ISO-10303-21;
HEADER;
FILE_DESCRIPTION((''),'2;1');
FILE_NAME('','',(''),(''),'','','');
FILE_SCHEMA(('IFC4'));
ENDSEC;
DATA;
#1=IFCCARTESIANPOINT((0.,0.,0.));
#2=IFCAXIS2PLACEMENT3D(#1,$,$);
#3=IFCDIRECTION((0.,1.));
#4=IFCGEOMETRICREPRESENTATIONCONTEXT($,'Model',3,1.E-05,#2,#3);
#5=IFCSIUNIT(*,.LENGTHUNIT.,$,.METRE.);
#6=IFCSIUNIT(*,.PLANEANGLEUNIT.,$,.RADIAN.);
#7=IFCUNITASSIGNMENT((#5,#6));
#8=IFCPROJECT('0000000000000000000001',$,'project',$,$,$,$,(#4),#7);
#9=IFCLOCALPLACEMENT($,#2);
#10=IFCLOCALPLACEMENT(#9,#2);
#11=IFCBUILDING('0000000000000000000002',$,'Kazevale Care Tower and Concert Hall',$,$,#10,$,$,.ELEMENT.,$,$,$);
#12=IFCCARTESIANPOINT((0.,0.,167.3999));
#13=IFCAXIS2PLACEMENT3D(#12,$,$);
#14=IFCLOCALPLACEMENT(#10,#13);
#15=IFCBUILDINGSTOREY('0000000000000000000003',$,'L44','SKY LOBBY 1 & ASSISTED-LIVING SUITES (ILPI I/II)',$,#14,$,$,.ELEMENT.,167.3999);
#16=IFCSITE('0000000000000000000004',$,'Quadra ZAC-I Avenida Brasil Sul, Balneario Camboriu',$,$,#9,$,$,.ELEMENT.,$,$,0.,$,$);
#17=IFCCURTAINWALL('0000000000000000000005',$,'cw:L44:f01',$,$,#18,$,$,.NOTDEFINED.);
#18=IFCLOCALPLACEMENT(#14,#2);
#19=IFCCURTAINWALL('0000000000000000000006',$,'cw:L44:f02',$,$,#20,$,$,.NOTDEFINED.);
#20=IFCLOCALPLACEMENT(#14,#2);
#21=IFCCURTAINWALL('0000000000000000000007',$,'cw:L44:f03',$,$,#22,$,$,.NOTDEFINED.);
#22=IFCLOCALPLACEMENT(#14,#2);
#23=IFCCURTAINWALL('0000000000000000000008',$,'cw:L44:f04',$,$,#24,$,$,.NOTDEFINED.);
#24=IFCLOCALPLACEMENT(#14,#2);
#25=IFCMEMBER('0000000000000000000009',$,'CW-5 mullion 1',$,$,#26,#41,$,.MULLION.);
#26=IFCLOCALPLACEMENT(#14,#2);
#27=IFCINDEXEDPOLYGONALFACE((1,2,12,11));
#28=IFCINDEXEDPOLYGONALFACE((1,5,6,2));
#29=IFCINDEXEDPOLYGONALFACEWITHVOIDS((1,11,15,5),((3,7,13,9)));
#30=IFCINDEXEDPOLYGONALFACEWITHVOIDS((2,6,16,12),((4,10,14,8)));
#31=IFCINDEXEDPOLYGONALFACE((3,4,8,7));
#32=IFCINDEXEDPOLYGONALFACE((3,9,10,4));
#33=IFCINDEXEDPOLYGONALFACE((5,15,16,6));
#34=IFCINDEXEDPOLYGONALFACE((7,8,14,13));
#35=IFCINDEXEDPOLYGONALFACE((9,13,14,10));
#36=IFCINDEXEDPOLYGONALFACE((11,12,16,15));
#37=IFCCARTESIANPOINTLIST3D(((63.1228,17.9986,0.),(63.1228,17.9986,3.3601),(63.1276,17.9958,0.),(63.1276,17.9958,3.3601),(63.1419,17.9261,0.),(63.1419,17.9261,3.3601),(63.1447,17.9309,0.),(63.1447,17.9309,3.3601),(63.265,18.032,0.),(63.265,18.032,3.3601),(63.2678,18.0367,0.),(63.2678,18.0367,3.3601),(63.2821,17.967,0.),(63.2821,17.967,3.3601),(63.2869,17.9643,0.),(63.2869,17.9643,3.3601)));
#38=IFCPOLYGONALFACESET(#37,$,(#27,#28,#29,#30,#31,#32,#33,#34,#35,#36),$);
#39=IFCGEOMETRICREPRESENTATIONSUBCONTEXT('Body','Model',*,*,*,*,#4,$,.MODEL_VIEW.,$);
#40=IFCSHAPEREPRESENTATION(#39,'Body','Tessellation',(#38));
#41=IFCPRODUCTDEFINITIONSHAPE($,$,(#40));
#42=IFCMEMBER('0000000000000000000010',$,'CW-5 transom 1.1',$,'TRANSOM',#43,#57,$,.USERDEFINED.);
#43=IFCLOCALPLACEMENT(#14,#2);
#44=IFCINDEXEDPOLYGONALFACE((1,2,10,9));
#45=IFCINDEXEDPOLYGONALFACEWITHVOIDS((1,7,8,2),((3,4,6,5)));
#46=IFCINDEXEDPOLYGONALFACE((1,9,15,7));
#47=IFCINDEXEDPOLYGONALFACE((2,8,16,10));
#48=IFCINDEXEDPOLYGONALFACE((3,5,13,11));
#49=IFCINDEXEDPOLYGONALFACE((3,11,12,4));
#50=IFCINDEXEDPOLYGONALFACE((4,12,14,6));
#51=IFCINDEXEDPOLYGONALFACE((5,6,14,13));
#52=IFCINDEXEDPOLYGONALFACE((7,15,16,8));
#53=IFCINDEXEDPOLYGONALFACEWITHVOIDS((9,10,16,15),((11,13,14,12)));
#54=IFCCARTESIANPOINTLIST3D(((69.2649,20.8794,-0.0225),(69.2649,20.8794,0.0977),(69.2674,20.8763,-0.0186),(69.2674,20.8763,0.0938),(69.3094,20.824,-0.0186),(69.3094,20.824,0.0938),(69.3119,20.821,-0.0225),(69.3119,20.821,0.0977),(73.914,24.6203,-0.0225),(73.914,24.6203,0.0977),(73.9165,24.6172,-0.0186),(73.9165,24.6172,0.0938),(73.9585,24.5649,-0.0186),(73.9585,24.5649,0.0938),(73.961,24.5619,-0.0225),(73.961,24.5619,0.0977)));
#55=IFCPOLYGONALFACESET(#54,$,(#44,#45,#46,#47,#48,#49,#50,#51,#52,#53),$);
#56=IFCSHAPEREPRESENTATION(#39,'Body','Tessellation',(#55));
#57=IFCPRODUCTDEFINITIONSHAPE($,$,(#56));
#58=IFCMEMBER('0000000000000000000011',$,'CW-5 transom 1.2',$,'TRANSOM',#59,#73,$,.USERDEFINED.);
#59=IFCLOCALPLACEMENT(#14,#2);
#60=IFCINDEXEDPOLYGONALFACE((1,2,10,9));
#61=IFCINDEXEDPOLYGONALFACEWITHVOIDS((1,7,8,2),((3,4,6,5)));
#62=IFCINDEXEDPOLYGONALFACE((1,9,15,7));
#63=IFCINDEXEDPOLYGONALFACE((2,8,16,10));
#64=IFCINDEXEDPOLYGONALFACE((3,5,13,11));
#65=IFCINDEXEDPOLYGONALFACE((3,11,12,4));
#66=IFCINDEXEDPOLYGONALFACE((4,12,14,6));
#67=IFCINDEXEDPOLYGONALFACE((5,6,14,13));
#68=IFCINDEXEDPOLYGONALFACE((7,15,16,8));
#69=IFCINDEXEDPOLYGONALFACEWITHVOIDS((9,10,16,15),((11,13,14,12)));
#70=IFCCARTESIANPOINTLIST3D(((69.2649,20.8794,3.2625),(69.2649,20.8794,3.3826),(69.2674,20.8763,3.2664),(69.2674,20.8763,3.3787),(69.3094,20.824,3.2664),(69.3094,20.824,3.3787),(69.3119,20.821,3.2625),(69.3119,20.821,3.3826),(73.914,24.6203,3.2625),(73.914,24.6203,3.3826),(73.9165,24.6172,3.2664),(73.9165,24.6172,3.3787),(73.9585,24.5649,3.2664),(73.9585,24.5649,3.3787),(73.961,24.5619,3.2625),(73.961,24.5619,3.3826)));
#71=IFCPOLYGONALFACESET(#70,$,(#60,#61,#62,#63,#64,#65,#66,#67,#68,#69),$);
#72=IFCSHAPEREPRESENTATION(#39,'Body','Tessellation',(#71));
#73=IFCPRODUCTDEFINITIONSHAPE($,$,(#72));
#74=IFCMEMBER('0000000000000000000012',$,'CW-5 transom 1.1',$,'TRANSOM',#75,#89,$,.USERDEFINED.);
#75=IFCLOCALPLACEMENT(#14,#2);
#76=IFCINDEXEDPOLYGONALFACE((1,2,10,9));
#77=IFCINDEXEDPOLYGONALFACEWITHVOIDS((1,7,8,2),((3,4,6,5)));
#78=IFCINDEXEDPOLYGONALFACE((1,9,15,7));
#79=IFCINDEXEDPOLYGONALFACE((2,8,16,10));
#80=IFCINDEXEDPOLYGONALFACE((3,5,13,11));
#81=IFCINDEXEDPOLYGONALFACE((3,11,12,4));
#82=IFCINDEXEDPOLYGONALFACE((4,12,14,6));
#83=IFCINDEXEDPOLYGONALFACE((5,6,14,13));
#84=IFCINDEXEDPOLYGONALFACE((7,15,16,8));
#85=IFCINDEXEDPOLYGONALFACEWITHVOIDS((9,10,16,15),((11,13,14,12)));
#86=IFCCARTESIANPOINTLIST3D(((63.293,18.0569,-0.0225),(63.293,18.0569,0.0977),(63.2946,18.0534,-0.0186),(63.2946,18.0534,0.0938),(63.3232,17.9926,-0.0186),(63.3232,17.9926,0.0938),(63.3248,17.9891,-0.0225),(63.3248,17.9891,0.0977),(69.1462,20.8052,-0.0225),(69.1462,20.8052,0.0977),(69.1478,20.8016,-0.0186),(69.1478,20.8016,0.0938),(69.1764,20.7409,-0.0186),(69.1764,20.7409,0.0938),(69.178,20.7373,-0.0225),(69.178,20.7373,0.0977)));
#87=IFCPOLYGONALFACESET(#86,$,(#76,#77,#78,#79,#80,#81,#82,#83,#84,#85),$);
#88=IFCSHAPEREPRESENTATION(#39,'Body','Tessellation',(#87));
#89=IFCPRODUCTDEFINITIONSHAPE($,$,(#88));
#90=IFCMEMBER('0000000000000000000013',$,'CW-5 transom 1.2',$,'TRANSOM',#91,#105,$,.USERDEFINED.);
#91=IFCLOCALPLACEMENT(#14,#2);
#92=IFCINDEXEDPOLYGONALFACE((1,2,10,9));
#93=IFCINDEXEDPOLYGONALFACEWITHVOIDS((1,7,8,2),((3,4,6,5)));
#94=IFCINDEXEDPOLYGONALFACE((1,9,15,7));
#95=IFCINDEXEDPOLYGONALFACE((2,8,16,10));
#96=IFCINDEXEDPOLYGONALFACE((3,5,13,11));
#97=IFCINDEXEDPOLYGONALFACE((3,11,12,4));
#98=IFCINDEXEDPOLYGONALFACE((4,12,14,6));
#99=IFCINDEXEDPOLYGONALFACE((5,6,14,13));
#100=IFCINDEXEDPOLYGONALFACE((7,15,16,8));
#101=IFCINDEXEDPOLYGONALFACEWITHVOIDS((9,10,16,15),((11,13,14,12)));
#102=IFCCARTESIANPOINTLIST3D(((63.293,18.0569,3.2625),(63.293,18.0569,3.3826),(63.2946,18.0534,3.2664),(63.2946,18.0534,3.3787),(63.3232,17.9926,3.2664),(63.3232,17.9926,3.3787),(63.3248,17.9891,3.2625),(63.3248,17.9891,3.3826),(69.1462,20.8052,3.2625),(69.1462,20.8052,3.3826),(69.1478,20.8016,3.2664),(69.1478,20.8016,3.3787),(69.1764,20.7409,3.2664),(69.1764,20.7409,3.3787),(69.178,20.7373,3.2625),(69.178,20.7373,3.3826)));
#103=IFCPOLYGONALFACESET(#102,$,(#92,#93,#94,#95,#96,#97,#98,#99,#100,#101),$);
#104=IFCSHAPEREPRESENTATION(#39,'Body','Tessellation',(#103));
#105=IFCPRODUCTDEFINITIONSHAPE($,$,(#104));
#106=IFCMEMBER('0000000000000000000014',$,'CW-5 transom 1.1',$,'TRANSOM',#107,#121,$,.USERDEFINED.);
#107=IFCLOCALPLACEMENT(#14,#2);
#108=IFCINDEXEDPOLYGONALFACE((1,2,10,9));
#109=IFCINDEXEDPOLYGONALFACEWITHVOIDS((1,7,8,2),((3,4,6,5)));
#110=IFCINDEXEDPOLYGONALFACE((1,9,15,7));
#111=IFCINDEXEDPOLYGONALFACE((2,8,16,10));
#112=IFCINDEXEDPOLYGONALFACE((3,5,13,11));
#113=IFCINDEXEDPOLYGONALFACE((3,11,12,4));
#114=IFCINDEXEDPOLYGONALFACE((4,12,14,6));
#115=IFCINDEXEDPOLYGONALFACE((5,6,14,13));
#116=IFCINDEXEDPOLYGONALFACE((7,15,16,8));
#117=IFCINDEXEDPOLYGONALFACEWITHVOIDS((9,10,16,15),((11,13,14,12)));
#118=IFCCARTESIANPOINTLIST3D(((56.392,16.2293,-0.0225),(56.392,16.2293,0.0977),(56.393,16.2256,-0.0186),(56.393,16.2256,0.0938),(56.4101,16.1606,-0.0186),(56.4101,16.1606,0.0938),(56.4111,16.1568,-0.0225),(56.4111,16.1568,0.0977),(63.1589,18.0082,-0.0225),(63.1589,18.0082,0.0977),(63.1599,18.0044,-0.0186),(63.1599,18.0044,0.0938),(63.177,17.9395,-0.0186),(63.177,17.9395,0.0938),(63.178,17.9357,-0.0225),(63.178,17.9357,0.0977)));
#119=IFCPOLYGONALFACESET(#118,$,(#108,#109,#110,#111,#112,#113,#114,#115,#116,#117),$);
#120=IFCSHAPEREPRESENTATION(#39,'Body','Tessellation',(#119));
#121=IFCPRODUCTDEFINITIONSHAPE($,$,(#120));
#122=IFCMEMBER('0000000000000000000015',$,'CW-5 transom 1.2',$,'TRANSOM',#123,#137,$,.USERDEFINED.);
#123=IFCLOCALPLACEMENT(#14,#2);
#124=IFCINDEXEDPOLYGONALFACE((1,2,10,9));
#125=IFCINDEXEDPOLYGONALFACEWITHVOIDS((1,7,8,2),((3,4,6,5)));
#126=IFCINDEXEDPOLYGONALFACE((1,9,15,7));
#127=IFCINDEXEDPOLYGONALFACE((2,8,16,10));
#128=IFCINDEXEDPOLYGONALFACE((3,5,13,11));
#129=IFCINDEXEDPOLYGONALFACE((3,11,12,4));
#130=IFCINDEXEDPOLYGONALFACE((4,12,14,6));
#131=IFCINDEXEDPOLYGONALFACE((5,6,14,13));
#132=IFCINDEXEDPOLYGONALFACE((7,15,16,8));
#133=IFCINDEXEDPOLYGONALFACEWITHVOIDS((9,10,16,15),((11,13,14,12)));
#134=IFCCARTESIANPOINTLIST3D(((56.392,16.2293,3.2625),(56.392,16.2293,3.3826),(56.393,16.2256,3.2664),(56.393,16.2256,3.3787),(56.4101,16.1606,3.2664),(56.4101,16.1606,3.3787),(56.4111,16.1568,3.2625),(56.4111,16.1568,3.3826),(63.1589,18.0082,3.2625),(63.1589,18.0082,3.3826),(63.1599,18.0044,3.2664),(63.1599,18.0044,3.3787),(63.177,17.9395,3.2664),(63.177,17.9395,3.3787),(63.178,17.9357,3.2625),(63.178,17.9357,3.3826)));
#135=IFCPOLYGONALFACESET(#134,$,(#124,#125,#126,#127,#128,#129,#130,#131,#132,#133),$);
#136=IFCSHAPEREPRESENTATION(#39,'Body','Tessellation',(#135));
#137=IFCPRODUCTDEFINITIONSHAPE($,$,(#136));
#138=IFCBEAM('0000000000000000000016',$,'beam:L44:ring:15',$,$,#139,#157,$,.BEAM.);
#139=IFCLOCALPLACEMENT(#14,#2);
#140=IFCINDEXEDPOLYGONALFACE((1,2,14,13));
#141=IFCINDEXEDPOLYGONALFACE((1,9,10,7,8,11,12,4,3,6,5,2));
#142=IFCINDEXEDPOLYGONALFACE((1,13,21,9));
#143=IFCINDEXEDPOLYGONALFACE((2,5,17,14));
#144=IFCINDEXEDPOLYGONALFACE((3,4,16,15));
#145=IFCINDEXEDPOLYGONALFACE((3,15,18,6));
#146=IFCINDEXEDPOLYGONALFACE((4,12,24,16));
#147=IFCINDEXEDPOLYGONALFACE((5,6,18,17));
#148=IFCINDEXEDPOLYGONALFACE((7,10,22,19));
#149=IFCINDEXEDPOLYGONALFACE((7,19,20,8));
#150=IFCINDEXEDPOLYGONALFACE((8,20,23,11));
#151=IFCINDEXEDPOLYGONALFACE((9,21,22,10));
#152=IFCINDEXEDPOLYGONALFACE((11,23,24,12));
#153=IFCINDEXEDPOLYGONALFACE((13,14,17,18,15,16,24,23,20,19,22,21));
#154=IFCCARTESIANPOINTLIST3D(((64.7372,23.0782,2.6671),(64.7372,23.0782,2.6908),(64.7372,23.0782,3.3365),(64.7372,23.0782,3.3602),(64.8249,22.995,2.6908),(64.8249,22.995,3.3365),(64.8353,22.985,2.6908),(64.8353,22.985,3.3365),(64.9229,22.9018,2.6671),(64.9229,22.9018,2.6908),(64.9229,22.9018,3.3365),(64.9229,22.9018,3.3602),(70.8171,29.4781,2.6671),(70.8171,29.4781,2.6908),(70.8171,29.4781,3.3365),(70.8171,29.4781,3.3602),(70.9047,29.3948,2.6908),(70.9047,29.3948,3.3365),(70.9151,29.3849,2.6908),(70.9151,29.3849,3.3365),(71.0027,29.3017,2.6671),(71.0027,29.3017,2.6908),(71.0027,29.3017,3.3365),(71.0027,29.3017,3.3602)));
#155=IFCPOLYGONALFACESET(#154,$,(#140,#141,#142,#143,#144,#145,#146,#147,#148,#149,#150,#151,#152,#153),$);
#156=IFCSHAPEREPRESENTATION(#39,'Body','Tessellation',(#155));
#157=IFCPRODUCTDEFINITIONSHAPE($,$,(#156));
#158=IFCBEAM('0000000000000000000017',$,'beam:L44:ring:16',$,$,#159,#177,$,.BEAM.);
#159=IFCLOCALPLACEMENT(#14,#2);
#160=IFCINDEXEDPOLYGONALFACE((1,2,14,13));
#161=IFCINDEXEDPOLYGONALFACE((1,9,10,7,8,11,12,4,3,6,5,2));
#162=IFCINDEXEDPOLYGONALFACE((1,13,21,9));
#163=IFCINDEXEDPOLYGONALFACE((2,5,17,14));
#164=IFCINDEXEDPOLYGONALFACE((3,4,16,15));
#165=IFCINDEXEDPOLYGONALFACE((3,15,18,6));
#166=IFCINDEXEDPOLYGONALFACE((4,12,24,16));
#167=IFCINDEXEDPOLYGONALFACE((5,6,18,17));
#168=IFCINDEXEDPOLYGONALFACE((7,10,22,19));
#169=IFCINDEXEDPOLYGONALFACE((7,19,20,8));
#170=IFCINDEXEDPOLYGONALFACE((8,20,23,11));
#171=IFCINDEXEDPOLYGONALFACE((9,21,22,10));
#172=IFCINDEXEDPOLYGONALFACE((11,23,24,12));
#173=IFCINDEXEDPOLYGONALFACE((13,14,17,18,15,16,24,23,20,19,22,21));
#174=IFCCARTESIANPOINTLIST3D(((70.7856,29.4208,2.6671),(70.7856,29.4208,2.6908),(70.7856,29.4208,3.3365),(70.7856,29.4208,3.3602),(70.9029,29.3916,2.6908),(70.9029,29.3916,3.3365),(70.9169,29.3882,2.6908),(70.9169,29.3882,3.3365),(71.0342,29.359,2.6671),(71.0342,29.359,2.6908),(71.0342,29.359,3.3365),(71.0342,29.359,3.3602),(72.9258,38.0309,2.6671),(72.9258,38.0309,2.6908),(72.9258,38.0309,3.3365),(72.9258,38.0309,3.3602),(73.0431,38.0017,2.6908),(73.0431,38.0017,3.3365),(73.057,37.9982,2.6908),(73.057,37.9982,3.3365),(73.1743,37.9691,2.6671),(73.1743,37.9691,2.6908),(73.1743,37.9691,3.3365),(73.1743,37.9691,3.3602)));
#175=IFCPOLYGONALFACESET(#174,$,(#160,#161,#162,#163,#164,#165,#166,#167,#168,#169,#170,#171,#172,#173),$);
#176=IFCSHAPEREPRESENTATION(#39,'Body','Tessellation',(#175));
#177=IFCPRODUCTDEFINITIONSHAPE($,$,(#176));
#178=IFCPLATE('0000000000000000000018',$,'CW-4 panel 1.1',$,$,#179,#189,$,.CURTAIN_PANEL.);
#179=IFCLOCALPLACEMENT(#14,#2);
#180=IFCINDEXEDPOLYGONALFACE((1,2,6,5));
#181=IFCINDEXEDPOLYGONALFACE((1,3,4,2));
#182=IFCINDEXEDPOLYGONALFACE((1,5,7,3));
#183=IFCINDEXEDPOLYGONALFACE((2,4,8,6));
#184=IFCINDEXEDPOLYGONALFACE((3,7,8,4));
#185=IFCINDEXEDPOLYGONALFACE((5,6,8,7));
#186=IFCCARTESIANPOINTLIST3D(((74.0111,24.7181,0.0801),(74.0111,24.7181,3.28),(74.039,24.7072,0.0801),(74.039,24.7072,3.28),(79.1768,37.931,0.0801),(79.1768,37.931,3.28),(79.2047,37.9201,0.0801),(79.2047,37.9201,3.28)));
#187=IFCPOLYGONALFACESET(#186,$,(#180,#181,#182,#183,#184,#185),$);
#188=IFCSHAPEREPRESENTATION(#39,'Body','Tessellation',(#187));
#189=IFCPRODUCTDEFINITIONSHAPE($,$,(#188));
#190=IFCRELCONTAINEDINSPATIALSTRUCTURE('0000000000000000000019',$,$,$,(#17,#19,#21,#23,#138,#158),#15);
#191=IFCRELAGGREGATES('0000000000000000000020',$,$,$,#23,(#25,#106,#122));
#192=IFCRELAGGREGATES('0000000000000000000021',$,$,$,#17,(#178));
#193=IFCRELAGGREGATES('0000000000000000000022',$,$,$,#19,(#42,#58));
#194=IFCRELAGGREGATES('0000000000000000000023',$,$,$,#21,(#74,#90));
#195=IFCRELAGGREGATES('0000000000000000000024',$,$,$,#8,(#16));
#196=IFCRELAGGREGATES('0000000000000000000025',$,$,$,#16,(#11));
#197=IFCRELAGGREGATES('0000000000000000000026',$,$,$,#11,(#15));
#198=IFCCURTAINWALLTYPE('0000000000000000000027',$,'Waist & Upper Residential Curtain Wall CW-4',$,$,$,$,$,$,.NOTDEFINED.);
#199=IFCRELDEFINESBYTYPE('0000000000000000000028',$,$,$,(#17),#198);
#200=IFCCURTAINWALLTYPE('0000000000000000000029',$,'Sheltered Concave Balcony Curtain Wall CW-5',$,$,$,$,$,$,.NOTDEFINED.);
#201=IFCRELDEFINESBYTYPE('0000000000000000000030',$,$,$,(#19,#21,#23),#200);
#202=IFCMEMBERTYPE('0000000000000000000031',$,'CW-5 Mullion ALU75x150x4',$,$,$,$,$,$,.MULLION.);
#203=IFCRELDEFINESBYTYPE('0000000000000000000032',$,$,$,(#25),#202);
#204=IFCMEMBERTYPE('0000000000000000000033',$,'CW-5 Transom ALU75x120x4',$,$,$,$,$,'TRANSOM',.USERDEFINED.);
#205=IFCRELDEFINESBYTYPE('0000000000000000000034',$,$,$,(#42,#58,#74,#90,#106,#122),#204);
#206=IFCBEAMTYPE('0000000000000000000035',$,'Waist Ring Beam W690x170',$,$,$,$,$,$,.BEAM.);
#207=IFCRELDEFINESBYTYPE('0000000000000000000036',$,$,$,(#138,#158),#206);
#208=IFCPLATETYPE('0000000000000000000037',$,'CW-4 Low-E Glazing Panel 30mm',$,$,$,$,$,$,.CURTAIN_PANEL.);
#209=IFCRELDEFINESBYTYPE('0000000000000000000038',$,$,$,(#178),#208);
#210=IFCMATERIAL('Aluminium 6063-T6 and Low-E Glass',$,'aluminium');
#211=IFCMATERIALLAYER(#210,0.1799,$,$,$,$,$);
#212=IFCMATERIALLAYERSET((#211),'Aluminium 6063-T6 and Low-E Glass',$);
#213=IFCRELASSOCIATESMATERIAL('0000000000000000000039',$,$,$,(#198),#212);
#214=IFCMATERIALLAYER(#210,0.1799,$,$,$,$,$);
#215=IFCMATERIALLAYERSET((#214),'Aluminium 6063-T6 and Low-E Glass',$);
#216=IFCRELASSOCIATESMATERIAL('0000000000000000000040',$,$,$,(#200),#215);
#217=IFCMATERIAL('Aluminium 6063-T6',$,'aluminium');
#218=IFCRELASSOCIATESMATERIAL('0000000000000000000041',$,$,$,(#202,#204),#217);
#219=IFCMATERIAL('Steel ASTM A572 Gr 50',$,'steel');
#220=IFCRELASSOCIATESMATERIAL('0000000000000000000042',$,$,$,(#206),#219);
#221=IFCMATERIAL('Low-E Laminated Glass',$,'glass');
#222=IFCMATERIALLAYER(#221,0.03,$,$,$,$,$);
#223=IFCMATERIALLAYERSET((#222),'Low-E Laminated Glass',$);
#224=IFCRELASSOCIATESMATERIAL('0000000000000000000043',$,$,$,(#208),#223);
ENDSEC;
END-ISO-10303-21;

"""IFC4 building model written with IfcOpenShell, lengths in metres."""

from ifc_helpers import new_model, si_unit, direction, frame, origin, origin_2d, place, context, subcontext, project, spatial, rectangle, hollow_rectangle, i_section, extrude, material, layer, layer_set, material_profile, profile_set, type_object, element, aggregate, save


model = new_model("IFC4")

# Units and contexts
model_context = context("Model", 3, precision=1e-05, world=origin(), true_north=direction((0.0, 1.0)))
body_context = subcontext(model_context, "Body", "Model", "MODEL_VIEW")
ifc_project = project(units=[si_unit("LENGTHUNIT", "METRE"), si_unit("PLANEANGLEUNIT", "RADIAN")], contexts=[model_context])

# Site, building, storey
site_placement = place(None, origin())
site = spatial("IfcSite", under=ifc_project, at=site_placement, Name="Quadra ZAC-I Avenida Brasil Sul, Balneario Camboriu", CompositionType="ELEMENT", RefElevation=0.0)
building_placement = place(site_placement, origin())
building = spatial("IfcBuilding", under=site, at=building_placement, Name="Kazevale Care Tower and Concert Hall", CompositionType="ELEMENT")
storey_placement = place(building_placement, frame((0.0, 0.0, 167.3999)))
storey = spatial("IfcBuildingStorey", under=building, at=storey_placement, Name="L44", Description="SKY LOBBY 1 & ASSISTED-LIVING SUITES (ILPI I/II)", CompositionType="ELEMENT", Elevation=167.3999)

# Curtain wall
ifc_material_1 = material(Name="Aluminium 6063-T6 and Low-E Glass", Category="aluminium")
ifc_layer_1 = layer(ifc_material_1, 0.1799)
ifc_layer_set_1 = layer_set([ifc_layer_1], Name="Aluminium 6063-T6 and Low-E Glass")
curtain_wall_type_1 = type_object("IfcCurtainWallType", Name="Waist & Upper Residential Curtain Wall CW-4", PredefinedType="NOTDEFINED", material=ifc_layer_set_1)
curtain_wall_1_placement = place(storey_placement, origin())
curtain_wall_1 = element("IfcCurtainWall", 1, at=curtain_wall_1_placement, inside=storey, type_object=curtain_wall_type_1, Name="cw:L44:f01", PredefinedType="NOTDEFINED")
ifc_material_2 = material(Name="Aluminium 6063-T6", Category="aluminium")

# Curtain walls
ifc_layer_2 = layer(ifc_material_1, 0.1799)
ifc_layer_set_2 = layer_set([ifc_layer_2], Name="Aluminium 6063-T6 and Low-E Glass")
curtain_wall_type_2 = type_object("IfcCurtainWallType", Name="Sheltered Concave Balcony Curtain Wall CW-5", PredefinedType="NOTDEFINED", material=ifc_layer_set_2)
curtain_wall_2_placement = place(storey_placement, origin())
curtain_wall_2 = element("IfcCurtainWall", 2, at=curtain_wall_2_placement, inside=storey, type_object=curtain_wall_type_2, Name="cw:L44:f02", PredefinedType="NOTDEFINED")
ifc_material_profile_1 = material_profile(ifc_material_2, hollow_rectangle(XDim=0.075, YDim=0.1499, WallThickness=0.0039, at=origin_2d()), Name="ALU75x150x4")
ifc_profile_set_1 = profile_set([ifc_material_profile_1], Name="Aluminium 6063-T6")
member_type_1 = type_object("IfcMemberType", Name="CW-5 Mullion ALU75x150x4", PredefinedType="MULLION", material=ifc_profile_set_1)
curtain_wall_3_placement = place(storey_placement, origin())
curtain_wall_3 = element("IfcCurtainWall", 3, at=curtain_wall_3_placement, inside=storey, type_object=curtain_wall_type_2, Name="cw:L44:f03", PredefinedType="NOTDEFINED")

# Curtain wall, member
curtain_wall_4_placement = place(storey_placement, origin())
curtain_wall_4 = element("IfcCurtainWall", 4, at=curtain_wall_4_placement, inside=storey, type_object=curtain_wall_type_2, Name="cw:L44:f04", PredefinedType="NOTDEFINED")
member_1_placement = place(storey_placement, frame((63.2048, 17.9814, 0.0), z_axis=(0.0, 0.0, 1.0), x_axis=(0.254238, -0.967142, 0.0)))
member_1 = element("IfcMember", 5, at=member_1_placement, type_object=member_type_1, Name="CW-5 mullion 1", PredefinedType="MULLION", context=body_context, shape_type="SweptSolid", body=[
    extrude(hollow_rectangle(XDim=0.075, YDim=0.1499, WallThickness=0.0039, at=origin_2d()), origin(), (0.0, 0.0, 1.0), 3.3601),
])

# Members
ifc_material_profile_2 = material_profile(ifc_material_2, hollow_rectangle(XDim=0.075, YDim=0.1201, WallThickness=0.0039, at=origin_2d()), Name="ALU75x120x4")
ifc_profile_set_2 = profile_set([ifc_material_profile_2], Name="Aluminium 6063-T6")
member_type_2 = type_object("IfcMemberType", Name="CW-5 Transom ALU75x120x4", ElementType="TRANSOM", PredefinedType="USERDEFINED", material=ifc_profile_set_2)
member_2_placement = place(storey_placement, frame((73.9375, 24.5911, 0.0376), z_axis=(-0.779097, -0.626903, 0.0), x_axis=(0.626903, -0.779097, 0.0)))
member_2 = element("IfcMember", 6, at=member_2_placement, type_object=member_type_2, Name="CW-5 transom 1.1", ObjectType="TRANSOM", PredefinedType="USERDEFINED", context=body_context, shape_type="SweptSolid", body=[
    extrude(hollow_rectangle(XDim=0.075, YDim=0.1201, WallThickness=0.0039, at=origin_2d()), origin(), (0.0, 0.0, 1.0), 5.9673),
])
member_3_placement = place(storey_placement, frame((73.9375, 24.5911, 3.3225), z_axis=(-0.779097, -0.626903, 0.0), x_axis=(0.626903, -0.779097, 0.0)))
member_3 = element("IfcMember", 7, at=member_3_placement, type_object=member_type_2, Name="CW-5 transom 1.2", ObjectType="TRANSOM", PredefinedType="USERDEFINED", context=body_context, shape_type="SweptSolid", body=[
    extrude(hollow_rectangle(XDim=0.075, YDim=0.1201, WallThickness=0.0039, at=origin_2d()), origin(), (0.0, 0.0, 1.0), 5.9673),
])
member_4_placement = place(storey_placement, frame((69.1621, 20.7712, 0.0376), z_axis=(-0.905187, -0.425013, 0.0), x_axis=(0.425013, -0.905187, 0.0)))
member_4 = element("IfcMember", 8, at=member_4_placement, type_object=member_type_2, Name="CW-5 transom 1.1", ObjectType="TRANSOM", PredefinedType="USERDEFINED", context=body_context, shape_type="SweptSolid", body=[
    extrude(hollow_rectangle(XDim=0.075, YDim=0.1201, WallThickness=0.0039, at=origin_2d()), origin(), (0.0, 0.0, 1.0), 6.4663),
])
member_5_placement = place(storey_placement, frame((69.1621, 20.7712, 3.3225), z_axis=(-0.905187, -0.425013, 0.0), x_axis=(0.425013, -0.905187, 0.0)))
member_5 = element("IfcMember", 9, at=member_5_placement, type_object=member_type_2, Name="CW-5 transom 1.2", ObjectType="TRANSOM", PredefinedType="USERDEFINED", context=body_context, shape_type="SweptSolid", body=[
    extrude(hollow_rectangle(XDim=0.075, YDim=0.1201, WallThickness=0.0039, at=origin_2d()), origin(), (0.0, 0.0, 1.0), 6.4663),
])
member_6_placement = place(storey_placement, frame((63.1685, 17.9719, 0.0376), z_axis=(-0.967143, -0.254234, 0.0), x_axis=(0.254234, -0.967143, 0.0)))
member_6 = element("IfcMember", 10, at=member_6_placement, type_object=member_type_2, Name="CW-5 transom 1.1", ObjectType="TRANSOM", PredefinedType="USERDEFINED", context=body_context, shape_type="SweptSolid", body=[
    extrude(hollow_rectangle(XDim=0.075, YDim=0.1201, WallThickness=0.0039, at=origin_2d()), origin(), (0.0, 0.0, 1.0), 6.9968),
])
member_7_placement = place(storey_placement, frame((63.1685, 17.9719, 3.3225), z_axis=(-0.967143, -0.254234, 0.0), x_axis=(0.254234, -0.967143, 0.0)))
member_7 = element("IfcMember", 11, at=member_7_placement, type_object=member_type_2, Name="CW-5 transom 1.2", ObjectType="TRANSOM", PredefinedType="USERDEFINED", context=body_context, shape_type="SweptSolid", body=[
    extrude(hollow_rectangle(XDim=0.075, YDim=0.1201, WallThickness=0.0039, at=origin_2d()), origin(), (0.0, 0.0, 1.0), 6.9968),
])
aggregate(curtain_wall_4, [member_1, member_6, member_7])

# Beams
ifc_material_3 = material(Name="Steel ASTM A572 Gr 50", Category="steel")
ifc_material_profile_3 = material_profile(ifc_material_3, i_section(OverallWidth=0.2561, OverallDepth=0.6931, WebThickness=0.0144, FlangeThickness=0.0237, at=origin_2d()), Name="W690x170")
ifc_profile_set_3 = profile_set([ifc_material_profile_3], Name="Steel ASTM A572 Gr 50")
beam_type = type_object("IfcBeamType", Name="Waist Ring Beam W690x170", PredefinedType="BEAM", material=ifc_profile_set_3)
beam_1_placement = place(storey_placement, frame((64.8301, 22.99, 3.0137), z_axis=(0.688745, 0.725004, 0.0), x_axis=(-0.725004, 0.688745, 0.0)))
element("IfcBeam", 12, at=beam_1_placement, inside=storey, type_object=beam_type, Name="beam:L44:ring:15", PredefinedType="BEAM", context=body_context, shape_type="SweptSolid", body=[
    extrude(i_section(OverallWidth=0.2561, OverallDepth=0.6931, WebThickness=0.0144, FlangeThickness=0.0237, at=origin_2d()), origin(), (0.0, 0.0, 1.0), 8.8274),
])
beam_2_placement = place(storey_placement, frame((70.9099, 29.3899, 3.0137), z_axis=(0.241221, 0.97047, 0.0), x_axis=(-0.97047, 0.241221, 0.0)))
element("IfcBeam", 13, at=beam_2_placement, inside=storey, type_object=beam_type, Name="beam:L44:ring:16", PredefinedType="BEAM", context=body_context, shape_type="SweptSolid", body=[
    extrude(i_section(OverallWidth=0.2561, OverallDepth=0.6931, WebThickness=0.0144, FlangeThickness=0.0237, at=origin_2d()), origin(), (0.0, 0.0, 1.0), 8.8721),
])

# Plate
ifc_material_4 = material(Name="Low-E Laminated Glass", Category="glass")
ifc_layer_3 = layer(ifc_material_4, 0.03)
ifc_layer_set_3 = layer_set([ifc_layer_3], Name="Low-E Laminated Glass")
plate_type_1 = type_object("IfcPlateType", Name="CW-4 Low-E Glazing Panel 30mm", PredefinedType="CURTAIN_PANEL", material=ifc_layer_set_3)
plate_1_placement = place(storey_placement, frame((76.6079, 31.3191, 0.0801), z_axis=(0.0, 0.0, 1.0), x_axis=(-0.364121, -0.931352, 0.0)))
plate_1 = element("IfcPlate", 14, at=plate_1_placement, type_object=plate_type_1, Name="CW-4 panel 1.1", PredefinedType="CURTAIN_PANEL", context=body_context, shape_type="SweptSolid", body=[
    extrude(rectangle(XDim=14.1868, YDim=0.03, at=origin_2d()), origin(), (0.0, 0.0, 1.0), 3.2),
])
aggregate(curtain_wall_1, [plate_1])
aggregate(curtain_wall_2, [member_2, member_3])
aggregate(curtain_wall_3, [member_4, member_5])

save(model, "model.ifc")
